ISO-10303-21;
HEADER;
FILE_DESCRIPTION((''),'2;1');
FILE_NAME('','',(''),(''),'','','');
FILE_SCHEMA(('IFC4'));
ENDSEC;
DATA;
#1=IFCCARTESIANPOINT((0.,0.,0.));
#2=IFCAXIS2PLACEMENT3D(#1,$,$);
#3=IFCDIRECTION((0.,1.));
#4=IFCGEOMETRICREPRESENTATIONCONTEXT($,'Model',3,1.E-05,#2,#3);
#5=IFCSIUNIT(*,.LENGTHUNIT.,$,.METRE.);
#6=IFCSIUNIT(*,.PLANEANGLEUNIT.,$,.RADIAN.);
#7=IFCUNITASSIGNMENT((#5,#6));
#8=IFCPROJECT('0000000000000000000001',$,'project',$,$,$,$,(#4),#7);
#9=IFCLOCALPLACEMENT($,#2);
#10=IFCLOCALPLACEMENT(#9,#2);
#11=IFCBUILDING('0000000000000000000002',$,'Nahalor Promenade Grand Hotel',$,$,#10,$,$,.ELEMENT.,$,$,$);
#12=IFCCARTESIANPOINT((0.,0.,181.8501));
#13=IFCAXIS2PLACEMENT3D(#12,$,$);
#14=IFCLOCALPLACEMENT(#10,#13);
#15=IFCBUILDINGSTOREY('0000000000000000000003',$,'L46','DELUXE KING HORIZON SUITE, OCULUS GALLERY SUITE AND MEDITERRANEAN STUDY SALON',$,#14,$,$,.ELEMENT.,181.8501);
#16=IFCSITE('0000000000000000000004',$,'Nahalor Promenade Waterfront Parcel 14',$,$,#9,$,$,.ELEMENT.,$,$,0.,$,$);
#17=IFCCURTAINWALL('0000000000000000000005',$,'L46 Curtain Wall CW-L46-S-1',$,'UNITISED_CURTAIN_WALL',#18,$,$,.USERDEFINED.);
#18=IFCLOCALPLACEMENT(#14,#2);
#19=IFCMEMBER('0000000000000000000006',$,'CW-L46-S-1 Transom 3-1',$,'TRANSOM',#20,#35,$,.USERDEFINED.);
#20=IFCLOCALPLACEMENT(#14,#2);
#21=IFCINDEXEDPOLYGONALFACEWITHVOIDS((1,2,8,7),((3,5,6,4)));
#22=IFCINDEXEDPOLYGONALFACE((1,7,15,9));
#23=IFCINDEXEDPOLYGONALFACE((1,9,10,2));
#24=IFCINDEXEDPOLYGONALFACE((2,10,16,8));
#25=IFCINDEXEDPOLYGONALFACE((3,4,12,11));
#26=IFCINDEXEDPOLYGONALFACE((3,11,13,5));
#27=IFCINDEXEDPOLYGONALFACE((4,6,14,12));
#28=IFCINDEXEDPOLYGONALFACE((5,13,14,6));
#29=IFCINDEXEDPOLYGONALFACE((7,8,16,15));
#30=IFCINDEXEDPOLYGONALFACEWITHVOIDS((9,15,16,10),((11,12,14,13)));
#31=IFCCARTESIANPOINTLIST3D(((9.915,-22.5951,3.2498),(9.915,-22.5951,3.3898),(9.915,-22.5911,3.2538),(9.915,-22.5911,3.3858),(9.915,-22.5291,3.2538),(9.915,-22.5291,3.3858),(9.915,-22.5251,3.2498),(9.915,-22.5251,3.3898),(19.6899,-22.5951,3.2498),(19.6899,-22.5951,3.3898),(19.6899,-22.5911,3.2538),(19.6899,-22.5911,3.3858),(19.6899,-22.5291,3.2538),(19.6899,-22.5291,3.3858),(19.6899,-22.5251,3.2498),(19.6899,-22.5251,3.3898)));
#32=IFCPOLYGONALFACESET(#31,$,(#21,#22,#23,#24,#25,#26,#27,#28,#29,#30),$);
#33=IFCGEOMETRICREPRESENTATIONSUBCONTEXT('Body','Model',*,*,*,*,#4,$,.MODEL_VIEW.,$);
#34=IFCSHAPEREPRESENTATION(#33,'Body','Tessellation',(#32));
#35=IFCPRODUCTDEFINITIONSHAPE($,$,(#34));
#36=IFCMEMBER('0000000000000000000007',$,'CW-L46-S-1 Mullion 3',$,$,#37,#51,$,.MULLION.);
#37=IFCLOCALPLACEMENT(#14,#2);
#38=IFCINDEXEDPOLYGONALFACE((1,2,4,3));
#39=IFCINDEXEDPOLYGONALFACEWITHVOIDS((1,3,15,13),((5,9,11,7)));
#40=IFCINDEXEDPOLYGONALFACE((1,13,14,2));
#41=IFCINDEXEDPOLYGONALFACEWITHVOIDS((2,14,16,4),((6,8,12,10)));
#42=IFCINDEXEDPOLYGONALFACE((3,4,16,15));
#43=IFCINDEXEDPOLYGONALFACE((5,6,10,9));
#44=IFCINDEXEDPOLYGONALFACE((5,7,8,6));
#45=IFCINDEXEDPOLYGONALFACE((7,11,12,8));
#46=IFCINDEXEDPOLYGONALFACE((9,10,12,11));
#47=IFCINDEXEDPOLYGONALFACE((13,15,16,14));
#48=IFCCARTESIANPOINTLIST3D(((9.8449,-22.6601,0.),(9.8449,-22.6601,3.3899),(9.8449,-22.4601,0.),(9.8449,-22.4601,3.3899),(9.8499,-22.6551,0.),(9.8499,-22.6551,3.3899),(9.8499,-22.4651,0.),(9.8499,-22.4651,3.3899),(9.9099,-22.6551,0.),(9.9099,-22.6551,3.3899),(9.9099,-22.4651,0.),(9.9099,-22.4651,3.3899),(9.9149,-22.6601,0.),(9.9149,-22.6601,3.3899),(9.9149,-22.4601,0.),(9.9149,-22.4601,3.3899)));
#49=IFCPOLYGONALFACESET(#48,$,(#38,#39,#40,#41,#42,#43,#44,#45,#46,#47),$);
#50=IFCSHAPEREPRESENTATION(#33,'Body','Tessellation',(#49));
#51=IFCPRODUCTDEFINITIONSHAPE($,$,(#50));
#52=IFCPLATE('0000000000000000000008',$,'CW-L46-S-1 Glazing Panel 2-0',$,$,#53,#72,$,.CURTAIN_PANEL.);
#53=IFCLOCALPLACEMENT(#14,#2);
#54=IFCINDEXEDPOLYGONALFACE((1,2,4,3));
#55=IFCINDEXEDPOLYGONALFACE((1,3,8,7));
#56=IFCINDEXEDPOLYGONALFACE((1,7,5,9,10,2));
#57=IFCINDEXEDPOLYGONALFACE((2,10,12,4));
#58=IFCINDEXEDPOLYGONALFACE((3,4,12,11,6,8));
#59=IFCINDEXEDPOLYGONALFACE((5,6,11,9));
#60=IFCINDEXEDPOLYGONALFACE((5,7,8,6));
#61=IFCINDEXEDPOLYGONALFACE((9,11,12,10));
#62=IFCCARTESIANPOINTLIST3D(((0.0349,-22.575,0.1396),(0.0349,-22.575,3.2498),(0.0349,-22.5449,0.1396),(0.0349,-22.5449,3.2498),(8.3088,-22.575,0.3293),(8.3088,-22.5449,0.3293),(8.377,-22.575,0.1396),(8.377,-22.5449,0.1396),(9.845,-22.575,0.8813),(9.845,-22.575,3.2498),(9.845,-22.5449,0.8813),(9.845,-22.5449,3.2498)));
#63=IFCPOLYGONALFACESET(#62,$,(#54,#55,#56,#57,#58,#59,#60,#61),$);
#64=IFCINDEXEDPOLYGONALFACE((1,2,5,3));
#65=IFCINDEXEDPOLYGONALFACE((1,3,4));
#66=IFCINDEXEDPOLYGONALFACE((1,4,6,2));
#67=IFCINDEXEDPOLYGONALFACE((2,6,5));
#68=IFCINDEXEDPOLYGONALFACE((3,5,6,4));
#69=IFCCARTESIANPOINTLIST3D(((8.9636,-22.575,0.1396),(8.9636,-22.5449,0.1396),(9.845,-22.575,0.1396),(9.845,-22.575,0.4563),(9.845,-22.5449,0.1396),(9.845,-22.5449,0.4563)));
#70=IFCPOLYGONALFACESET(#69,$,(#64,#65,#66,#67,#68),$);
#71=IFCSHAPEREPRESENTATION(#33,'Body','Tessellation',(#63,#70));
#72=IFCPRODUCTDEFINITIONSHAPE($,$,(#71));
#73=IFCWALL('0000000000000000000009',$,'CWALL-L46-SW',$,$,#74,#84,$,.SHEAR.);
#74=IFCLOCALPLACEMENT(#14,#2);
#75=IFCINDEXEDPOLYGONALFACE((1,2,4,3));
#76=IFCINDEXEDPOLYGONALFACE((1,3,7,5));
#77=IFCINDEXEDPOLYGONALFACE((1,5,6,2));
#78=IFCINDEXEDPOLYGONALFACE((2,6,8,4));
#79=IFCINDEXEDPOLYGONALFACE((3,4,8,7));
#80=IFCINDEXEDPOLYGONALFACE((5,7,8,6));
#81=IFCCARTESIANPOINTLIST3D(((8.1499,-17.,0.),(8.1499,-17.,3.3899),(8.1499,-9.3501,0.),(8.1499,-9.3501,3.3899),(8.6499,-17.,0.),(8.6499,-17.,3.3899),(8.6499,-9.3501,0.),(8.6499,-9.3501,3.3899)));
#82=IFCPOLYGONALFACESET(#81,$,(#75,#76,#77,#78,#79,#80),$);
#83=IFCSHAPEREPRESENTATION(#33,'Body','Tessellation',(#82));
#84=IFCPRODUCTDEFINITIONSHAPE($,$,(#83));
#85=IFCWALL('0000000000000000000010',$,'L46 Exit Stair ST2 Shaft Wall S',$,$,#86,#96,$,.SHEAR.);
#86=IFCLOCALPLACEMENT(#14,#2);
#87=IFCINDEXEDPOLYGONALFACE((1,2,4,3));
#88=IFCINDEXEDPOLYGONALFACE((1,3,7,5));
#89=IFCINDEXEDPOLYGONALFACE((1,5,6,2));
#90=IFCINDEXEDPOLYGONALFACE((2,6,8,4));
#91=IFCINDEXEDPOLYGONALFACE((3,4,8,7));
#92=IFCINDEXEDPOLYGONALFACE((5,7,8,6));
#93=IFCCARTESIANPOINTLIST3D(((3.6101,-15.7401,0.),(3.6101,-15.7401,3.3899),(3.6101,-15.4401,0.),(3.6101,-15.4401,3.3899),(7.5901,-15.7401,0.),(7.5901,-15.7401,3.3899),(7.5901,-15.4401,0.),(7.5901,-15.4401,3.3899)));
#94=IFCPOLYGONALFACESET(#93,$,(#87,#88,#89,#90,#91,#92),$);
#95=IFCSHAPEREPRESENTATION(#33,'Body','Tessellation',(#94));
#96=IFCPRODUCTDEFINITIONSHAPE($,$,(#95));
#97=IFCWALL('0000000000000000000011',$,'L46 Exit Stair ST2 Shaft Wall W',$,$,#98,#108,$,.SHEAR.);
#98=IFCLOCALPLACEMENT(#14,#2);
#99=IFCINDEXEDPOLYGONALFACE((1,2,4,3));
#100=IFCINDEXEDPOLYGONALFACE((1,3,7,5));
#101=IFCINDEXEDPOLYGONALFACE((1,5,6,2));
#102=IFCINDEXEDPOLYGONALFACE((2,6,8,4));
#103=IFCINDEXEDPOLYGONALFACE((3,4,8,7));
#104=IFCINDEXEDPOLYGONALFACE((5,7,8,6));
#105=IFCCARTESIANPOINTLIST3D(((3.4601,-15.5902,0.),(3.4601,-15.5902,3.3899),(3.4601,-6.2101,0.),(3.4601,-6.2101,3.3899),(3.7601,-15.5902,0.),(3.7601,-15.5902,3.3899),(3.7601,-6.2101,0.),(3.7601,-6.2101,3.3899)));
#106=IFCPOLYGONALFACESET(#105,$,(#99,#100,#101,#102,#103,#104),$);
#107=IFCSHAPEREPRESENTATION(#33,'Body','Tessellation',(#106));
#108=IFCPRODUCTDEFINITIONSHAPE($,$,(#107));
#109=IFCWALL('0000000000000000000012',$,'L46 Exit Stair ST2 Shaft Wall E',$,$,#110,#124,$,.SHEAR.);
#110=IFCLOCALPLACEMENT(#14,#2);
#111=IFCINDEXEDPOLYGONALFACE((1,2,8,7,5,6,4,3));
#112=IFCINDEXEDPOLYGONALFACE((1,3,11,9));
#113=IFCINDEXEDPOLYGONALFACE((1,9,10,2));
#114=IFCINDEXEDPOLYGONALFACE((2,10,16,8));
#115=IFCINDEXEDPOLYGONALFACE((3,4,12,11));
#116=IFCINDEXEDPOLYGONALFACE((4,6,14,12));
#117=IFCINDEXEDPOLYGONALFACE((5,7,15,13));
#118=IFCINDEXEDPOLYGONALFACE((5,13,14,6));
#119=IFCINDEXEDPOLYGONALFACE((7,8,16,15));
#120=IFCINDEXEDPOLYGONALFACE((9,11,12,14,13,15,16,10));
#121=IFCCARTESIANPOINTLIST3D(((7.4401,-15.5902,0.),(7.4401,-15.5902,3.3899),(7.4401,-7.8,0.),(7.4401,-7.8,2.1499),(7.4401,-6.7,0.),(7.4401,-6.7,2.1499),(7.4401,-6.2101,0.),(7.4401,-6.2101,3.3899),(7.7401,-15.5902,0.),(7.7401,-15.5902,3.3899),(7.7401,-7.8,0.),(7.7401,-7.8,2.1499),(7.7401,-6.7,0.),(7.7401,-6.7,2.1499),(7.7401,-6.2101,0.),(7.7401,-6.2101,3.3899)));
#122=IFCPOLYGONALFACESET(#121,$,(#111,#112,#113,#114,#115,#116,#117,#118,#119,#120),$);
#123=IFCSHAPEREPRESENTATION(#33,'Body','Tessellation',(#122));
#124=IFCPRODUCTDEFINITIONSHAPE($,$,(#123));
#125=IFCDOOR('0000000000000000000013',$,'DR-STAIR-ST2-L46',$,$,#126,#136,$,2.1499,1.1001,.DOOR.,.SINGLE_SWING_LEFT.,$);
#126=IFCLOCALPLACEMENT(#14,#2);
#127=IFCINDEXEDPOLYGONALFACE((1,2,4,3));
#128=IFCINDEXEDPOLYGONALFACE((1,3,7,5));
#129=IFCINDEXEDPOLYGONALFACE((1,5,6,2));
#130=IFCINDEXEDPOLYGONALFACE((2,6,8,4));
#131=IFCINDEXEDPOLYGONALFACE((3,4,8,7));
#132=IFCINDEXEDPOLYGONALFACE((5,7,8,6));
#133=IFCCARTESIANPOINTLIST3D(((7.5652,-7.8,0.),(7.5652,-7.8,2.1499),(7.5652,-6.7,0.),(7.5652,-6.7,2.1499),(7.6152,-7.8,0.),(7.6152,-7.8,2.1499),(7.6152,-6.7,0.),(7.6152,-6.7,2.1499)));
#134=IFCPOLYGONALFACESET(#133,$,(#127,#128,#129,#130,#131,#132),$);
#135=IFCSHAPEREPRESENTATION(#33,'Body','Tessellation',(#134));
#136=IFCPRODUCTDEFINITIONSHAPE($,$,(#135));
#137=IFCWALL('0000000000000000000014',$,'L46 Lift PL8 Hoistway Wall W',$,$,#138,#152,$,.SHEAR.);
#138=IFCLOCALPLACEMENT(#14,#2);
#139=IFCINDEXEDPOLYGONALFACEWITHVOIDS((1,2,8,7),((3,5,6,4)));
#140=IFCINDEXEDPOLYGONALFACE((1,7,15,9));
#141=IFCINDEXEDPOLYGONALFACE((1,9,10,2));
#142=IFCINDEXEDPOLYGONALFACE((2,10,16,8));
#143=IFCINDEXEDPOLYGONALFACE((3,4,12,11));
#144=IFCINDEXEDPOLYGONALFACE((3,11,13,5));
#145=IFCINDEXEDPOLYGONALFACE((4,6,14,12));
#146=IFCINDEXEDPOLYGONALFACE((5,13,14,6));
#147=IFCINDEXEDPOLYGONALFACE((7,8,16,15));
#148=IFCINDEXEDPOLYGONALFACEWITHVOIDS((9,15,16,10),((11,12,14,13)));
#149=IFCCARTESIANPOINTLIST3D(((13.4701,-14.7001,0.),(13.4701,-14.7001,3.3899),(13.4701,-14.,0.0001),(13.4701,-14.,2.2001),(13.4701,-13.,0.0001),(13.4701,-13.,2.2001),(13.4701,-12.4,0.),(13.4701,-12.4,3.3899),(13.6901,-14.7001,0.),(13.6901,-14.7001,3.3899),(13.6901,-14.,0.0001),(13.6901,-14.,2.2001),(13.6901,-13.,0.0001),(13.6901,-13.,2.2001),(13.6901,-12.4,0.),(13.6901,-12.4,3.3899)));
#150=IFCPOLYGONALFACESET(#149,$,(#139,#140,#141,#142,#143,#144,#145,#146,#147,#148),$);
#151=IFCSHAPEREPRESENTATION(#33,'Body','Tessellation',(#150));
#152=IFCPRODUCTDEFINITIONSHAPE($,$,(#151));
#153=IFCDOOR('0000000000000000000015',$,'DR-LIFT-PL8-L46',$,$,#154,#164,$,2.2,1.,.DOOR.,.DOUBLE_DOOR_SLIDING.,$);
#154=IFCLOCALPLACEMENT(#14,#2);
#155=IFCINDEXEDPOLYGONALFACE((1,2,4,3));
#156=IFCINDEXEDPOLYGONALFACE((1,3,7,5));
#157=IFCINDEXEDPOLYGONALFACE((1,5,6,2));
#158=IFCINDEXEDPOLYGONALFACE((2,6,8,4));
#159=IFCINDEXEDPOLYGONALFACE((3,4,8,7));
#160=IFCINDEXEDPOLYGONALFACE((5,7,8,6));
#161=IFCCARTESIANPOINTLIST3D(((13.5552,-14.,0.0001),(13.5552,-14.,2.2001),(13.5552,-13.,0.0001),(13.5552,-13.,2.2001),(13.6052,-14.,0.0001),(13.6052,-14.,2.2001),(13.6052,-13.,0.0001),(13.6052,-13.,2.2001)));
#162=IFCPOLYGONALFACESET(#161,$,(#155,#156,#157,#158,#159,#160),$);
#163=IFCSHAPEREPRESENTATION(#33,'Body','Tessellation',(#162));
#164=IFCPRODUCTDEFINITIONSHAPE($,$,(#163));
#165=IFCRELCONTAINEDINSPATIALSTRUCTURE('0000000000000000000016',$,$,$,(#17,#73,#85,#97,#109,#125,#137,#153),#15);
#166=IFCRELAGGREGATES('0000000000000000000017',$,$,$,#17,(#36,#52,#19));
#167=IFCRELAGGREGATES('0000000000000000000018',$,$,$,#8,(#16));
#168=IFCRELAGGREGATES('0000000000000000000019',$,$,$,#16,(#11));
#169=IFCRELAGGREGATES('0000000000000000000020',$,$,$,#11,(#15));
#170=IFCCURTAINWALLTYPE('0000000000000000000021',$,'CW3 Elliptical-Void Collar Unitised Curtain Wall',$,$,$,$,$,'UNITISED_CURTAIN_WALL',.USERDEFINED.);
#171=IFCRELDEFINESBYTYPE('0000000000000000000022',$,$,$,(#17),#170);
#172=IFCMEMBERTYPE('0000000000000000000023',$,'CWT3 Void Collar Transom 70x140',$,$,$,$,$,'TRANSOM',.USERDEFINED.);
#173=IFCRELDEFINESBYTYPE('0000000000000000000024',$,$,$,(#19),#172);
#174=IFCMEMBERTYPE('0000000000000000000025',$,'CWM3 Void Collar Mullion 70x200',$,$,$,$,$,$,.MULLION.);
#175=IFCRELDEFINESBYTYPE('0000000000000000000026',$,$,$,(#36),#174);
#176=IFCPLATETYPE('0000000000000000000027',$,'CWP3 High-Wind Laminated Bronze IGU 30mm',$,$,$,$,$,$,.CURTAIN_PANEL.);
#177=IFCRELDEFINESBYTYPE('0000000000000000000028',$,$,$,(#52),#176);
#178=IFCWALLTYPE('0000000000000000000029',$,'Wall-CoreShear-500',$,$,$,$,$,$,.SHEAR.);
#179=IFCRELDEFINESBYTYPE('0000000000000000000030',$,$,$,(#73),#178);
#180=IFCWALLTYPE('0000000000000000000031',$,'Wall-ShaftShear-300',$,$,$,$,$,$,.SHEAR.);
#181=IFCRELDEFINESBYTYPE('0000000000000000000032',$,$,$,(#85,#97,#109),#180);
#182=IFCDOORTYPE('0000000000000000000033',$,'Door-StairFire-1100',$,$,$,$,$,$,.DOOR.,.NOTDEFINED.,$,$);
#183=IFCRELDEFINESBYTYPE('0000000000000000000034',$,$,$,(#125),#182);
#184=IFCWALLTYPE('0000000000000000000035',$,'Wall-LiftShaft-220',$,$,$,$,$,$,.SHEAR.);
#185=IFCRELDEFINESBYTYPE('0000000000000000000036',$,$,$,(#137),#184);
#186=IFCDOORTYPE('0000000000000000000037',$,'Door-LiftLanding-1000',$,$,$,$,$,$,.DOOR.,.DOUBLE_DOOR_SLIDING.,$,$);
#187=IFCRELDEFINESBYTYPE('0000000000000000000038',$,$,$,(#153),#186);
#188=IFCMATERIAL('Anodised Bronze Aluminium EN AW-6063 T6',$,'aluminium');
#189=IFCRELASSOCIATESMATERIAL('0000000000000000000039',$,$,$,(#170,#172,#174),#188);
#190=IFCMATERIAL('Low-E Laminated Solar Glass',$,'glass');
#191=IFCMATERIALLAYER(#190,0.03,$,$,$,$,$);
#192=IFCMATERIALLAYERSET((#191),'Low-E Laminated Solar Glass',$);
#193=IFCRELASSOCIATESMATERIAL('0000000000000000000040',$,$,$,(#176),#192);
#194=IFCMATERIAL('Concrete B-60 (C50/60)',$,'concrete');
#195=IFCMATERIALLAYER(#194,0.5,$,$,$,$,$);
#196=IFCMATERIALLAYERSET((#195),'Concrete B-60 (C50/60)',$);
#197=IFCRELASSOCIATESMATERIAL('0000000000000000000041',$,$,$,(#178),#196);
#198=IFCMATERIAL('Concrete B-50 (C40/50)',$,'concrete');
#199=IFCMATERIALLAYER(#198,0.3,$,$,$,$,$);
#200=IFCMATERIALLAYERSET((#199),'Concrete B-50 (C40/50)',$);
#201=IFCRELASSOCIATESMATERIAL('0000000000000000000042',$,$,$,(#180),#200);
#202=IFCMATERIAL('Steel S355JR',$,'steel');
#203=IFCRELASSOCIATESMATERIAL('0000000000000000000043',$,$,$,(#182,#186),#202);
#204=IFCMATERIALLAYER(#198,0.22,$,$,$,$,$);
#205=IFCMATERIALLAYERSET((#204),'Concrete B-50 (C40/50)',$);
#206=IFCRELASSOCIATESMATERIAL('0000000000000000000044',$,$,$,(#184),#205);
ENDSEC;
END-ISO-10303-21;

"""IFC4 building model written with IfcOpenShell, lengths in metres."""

from ifc_helpers import new_model, si_unit, direction, frame, frame_2d, origin, origin_2d, place, context, subcontext, project, spatial, polyline, rectangle, hollow_rectangle, outline, extrude, source, transform, mapped, material, layer, layer_set, material_profile, profile_set, type_object, element, fill, aggregate, save


model = new_model("IFC4")

# Units and contexts
model_context = context("Model", 3, precision=1e-05, world=origin(), true_north=direction((0.0, 1.0)))
body_context = subcontext(model_context, "Body", "Model", "MODEL_VIEW")
ifc_project = project(units=[si_unit("LENGTHUNIT", "METRE"), si_unit("PLANEANGLEUNIT", "RADIAN")], contexts=[model_context])

# Site, building, storey
site_placement = place(None, origin())
site = spatial("IfcSite", under=ifc_project, at=site_placement, Name="Nahalor Promenade Waterfront Parcel 14", CompositionType="ELEMENT", RefElevation=0.0)
building_placement = place(site_placement, origin())
building = spatial("IfcBuilding", under=site, at=building_placement, Name="Nahalor Promenade Grand Hotel", CompositionType="ELEMENT")
storey_placement = place(building_placement, frame((0.0, 0.0, 181.8501)))
storey = spatial("IfcBuildingStorey", under=building, at=storey_placement, Name="L46", Description="DELUXE KING HORIZON SUITE, OCULUS GALLERY SUITE AND MEDITERRANEAN STUDY SALON", CompositionType="ELEMENT", Elevation=181.8501)

# Shared definitions
ifc_material_1 = material(Name="Concrete B-60 (C50/60)", Category="concrete")

# Shared definitions
ifc_material_2 = material(Name="Steel S355JR", Category="steel")

# Curtain wall, members, plate
ifc_material_3 = material(Name="Anodised Bronze Aluminium EN AW-6063 T6", Category="aluminium")
curtain_wall_type = type_object("IfcCurtainWallType", Name="CW3 Elliptical-Void Collar Unitised Curtain Wall", ElementType="UNITISED_CURTAIN_WALL", PredefinedType="USERDEFINED", material=ifc_material_3)
curtain_wall_placement = place(storey_placement, origin())
curtain_wall = element("IfcCurtainWall", 1, at=curtain_wall_placement, inside=storey, type_object=curtain_wall_type, Name="L46 Curtain Wall CW-L46-S-1", ObjectType="UNITISED_CURTAIN_WALL", PredefinedType="USERDEFINED")
ifc_material_profile_1 = material_profile(ifc_material_3, hollow_rectangle(XDim=0.07, YDim=0.14, WallThickness=0.004, at=origin_2d()), Name="CWT 70x140x4")
ifc_profile_set_1 = profile_set([ifc_material_profile_1], Name="Anodised Bronze Aluminium EN AW-6063 T6")
member_type_1 = type_object("IfcMemberType", Name="CWT3 Void Collar Transom 70x140", ElementType="TRANSOM", PredefinedType="USERDEFINED", material=ifc_profile_set_1)
shared_shape_1 = source(origin(), body_context, "Body", "SweptSolid", [
    extrude(hollow_rectangle(XDim=0.07, YDim=0.14, WallThickness=0.004, at=origin_2d()), origin(), (0.0, 0.0, 1.0), 9.7749),
])
member_1_placement = place(storey_placement, frame((9.915, -22.5601, 3.3198), z_axis=(1.0, 0.0, 0.0), x_axis=(0.0, 1.0, 0.0)))
member_1 = element("IfcMember", 2, at=member_1_placement, type_object=member_type_1, Name="CW-L46-S-1 Transom 3-1", ObjectType="TRANSOM", PredefinedType="USERDEFINED", context=body_context, shape_type="MappedRepresentation", body=[
    mapped(shared_shape_1, transform((0.0, 0.0, 0.0), scale=1.0)),
])
ifc_material_profile_2 = material_profile(ifc_material_3, hollow_rectangle(XDim=0.07, YDim=0.2, WallThickness=0.005, at=origin_2d()), Name="CWM 70x200x5")
ifc_profile_set_2 = profile_set([ifc_material_profile_2], Name="Anodised Bronze Aluminium EN AW-6063 T6")
member_type_2 = type_object("IfcMemberType", Name="CWM3 Void Collar Mullion 70x200", PredefinedType="MULLION", material=ifc_profile_set_2)
shared_shape_2 = source(origin(), body_context, "Body", "SweptSolid", [
    extrude(hollow_rectangle(XDim=0.07, YDim=0.2, WallThickness=0.005, at=origin_2d()), origin(), (0.0, 0.0, 1.0), 3.3899),
])
member_2_placement = place(storey_placement, frame((9.8799, -22.5601, 0.0), z_axis=(0.0, 0.0, 1.0), x_axis=(1.0, 0.0, 0.0)))
member_2 = element("IfcMember", 3, at=member_2_placement, type_object=member_type_2, Name="CW-L46-S-1 Mullion 3", PredefinedType="MULLION", context=body_context, shape_type="MappedRepresentation", body=[
    mapped(shared_shape_2, transform((0.0, 0.0, 0.0), scale=1.0)),
])
ifc_material_4 = material(Name="Low-E Laminated Solar Glass", Category="glass")
ifc_layer_1 = layer(ifc_material_4, 0.03)
ifc_layer_set_1 = layer_set([ifc_layer_1], Name="Low-E Laminated Solar Glass")
plate_type = type_object("IfcPlateType", Name="CWP3 High-Wind Laminated Bronze IGU 30mm", PredefinedType="CURTAIN_PANEL", material=ifc_layer_set_1)
plate_placement = place(storey_placement, frame((4.9399, -22.5601, 0.1396), z_axis=(0.0, 0.0, 1.0), x_axis=(1.0, 0.0, 0.0)))
plate = element("IfcPlate", 4, at=plate_placement, type_object=plate_type, Name="CW-L46-S-1 Glazing Panel 2-0", PredefinedType="CURTAIN_PANEL", context=body_context, shape_type="SweptSolid", body=[
    extrude(outline(polyline([(-4.905, 3.1101), (-4.905, 0.0), (3.437, 0.0), (3.3689, 0.1897), (4.905, 0.7417), (4.905, 3.1101), (-4.905, 3.1101)])), frame((0.0, 0.0151, 0.0), z_axis=(0.0, -1.0, 0.0), x_axis=(1.0, 0.0, 0.0)), (0.0, 0.0, 1.0), 0.03),
    extrude(outline(polyline([(4.0237, 0.0), (4.905, 0.0), (4.905, 0.3167), (4.0237, 0.0)])), frame((0.0, 0.0151, 0.0), z_axis=(0.0, -1.0, 0.0), x_axis=(1.0, 0.0, 0.0)), (0.0, 0.0, 1.0), 0.03),
])
aggregate(curtain_wall, [member_2, plate, member_1])

# Walls
ifc_layer_2 = layer(ifc_material_1, 0.5)
ifc_layer_set_2 = layer_set([ifc_layer_2], Name="Concrete B-60 (C50/60)")
wall_type_1 = type_object("IfcWallType", Name="Wall-CoreShear-500", PredefinedType="SHEAR", material=ifc_layer_set_2)
shared_shape_3 = source(origin(), body_context, "Body", "SweptSolid", [
    extrude(rectangle(XDim=7.6499, YDim=0.5, at=frame_2d((3.825, 0.0))), origin(), (0.0, 0.0, 1.0), 3.3899),
])
wall_1_placement = place(storey_placement, frame((8.3999, -17.0, 0.0), z_axis=(0.0, 0.0, 1.0), x_axis=(0.0, 1.0, 0.0)))
element("IfcWall", 5, at=wall_1_placement, inside=storey, type_object=wall_type_1, Name="CWALL-L46-SW", PredefinedType="SHEAR", context=body_context, shape_type="MappedRepresentation", body=[
    mapped(shared_shape_3, transform((0.0, 0.0, 0.0), scale=1.0)),
])
ifc_material_5 = material(Name="Concrete B-50 (C40/50)", Category="concrete")
ifc_layer_3 = layer(ifc_material_5, 0.3)
ifc_layer_set_3 = layer_set([ifc_layer_3], Name="Concrete B-50 (C40/50)")
wall_type_2 = type_object("IfcWallType", Name="Wall-ShaftShear-300", PredefinedType="SHEAR", material=ifc_layer_set_3)
shared_shape_4 = source(origin(), body_context, "Body", "SweptSolid", [
    extrude(rectangle(XDim=3.98, YDim=0.3, at=frame_2d((1.99, 0.0))), origin(), (0.0, 0.0, 1.0), 3.3899),
])
wall_2_placement = place(storey_placement, frame((3.6101, -15.5901, 0.0), z_axis=(0.0, 0.0, 1.0), x_axis=(1.0, 0.0, 0.0)))
element("IfcWall", 6, at=wall_2_placement, inside=storey, type_object=wall_type_2, Name="L46 Exit Stair ST2 Shaft Wall S", PredefinedType="SHEAR", context=body_context, shape_type="MappedRepresentation", body=[
    mapped(shared_shape_4, transform((0.0, 0.0, 0.0), scale=1.0)),
])
shared_shape_5 = source(origin(), body_context, "Body", "SweptSolid", [
    extrude(rectangle(XDim=9.3801, YDim=0.3, at=frame_2d((4.6899, 0.0))), origin(), (0.0, 0.0, 1.0), 3.3899),
])
wall_3_placement = place(storey_placement, frame((3.6101, -15.5901, 0.0), z_axis=(0.0, 0.0, 1.0), x_axis=(0.0, 1.0, 0.0)))
element("IfcWall", 7, at=wall_3_placement, inside=storey, type_object=wall_type_2, Name="L46 Exit Stair ST2 Shaft Wall W", PredefinedType="SHEAR", context=body_context, shape_type="MappedRepresentation", body=[
    mapped(shared_shape_5, transform((0.0, 0.0, 0.0), scale=1.0)),
])

# Walls, openings, doors
wall_4_placement = place(storey_placement, frame((7.5901, -15.5901, 0.0), z_axis=(0.0, 0.0, 1.0), x_axis=(0.0, 1.0, 0.0)))
wall_4 = element("IfcWall", 8, at=wall_4_placement, inside=storey, type_object=wall_type_2, Name="L46 Exit Stair ST2 Shaft Wall E", PredefinedType="SHEAR", context=body_context, shape_type="MappedRepresentation", body=[
    mapped(shared_shape_5, transform((0.0, 0.0, 0.0), scale=1.0)),
])
opening_1_placement = place(wall_4_placement, frame((7.79, 0.0, 0.0)))
opening_1 = element("IfcOpeningElement", 9, at=opening_1_placement, cuts=wall_4, PredefinedType="OPENING", context=body_context, shape_type="SweptSolid", body=[
    extrude(rectangle(XDim=1.1001, YDim=2.1499, at=frame_2d((0.55, 1.075))), frame((0.0, 0.1599, 0.0), z_axis=(0.0, -1.0, 0.0), x_axis=(1.0, 0.0, 0.0)), (0.0, 0.0, 1.0), 0.3201),
])
door_type_1 = type_object("IfcDoorType", Name="Door-StairFire-1100", OperationType="NOTDEFINED", PredefinedType="DOOR", material=ifc_material_2)
shared_shape_6 = source(origin(), body_context, "Body", "SweptSolid", [
    extrude(rectangle(XDim=1.1001, YDim=2.1499, at=frame_2d((0.55, 1.075))), frame((0.0, 0.0249, 0.0), z_axis=(0.0, -1.0, 0.0), x_axis=(1.0, 0.0, 0.0)), (0.0, 0.0, 1.0), 0.05),
])
door_1_placement = place(opening_1_placement, origin())
door_1 = element("IfcDoor", 10, at=door_1_placement, inside=storey, type_object=door_type_1, Name="DR-STAIR-ST2-L46", OperationType="SINGLE_SWING_LEFT", OverallHeight=2.1499, OverallWidth=1.1001, PredefinedType="DOOR", context=body_context, shape_type="MappedRepresentation", body=[
    mapped(shared_shape_6, transform((0.0, 0.0, 0.0), scale=1.0)),
])
fill(opening_1, door_1)
ifc_layer_4 = layer(ifc_material_5, 0.22)
ifc_layer_set_4 = layer_set([ifc_layer_4], Name="Concrete B-50 (C40/50)")
wall_type_3 = type_object("IfcWallType", Name="Wall-LiftShaft-220", PredefinedType="SHEAR", material=ifc_layer_set_4)
shared_shape_7 = source(origin(), body_context, "Body", "SweptSolid", [
    extrude(rectangle(XDim=2.3, YDim=0.22, at=frame_2d((1.1499, 0.0))), origin(), (0.0, 0.0, 1.0), 3.3899),
])
wall_5_placement = place(storey_placement, frame((13.5801, -14.7, 0.0), z_axis=(0.0, 0.0, 1.0), x_axis=(0.0, 1.0, 0.0)))
wall_5 = element("IfcWall", 11, at=wall_5_placement, inside=storey, type_object=wall_type_3, Name="L46 Lift PL8 Hoistway Wall W", PredefinedType="SHEAR", context=body_context, shape_type="MappedRepresentation", body=[
    mapped(shared_shape_7, transform((0.0, 0.0, 0.0), scale=1.0)),
])
opening_2_placement = place(wall_5_placement, frame((0.7, 0.0, 0.0)))
opening_2 = element("IfcOpeningElement", 12, at=opening_2_placement, cuts=wall_5, PredefinedType="OPENING", context=body_context, shape_type="SweptSolid", body=[
    extrude(rectangle(XDim=1.0, YDim=2.2, at=frame_2d((0.5, 1.1001))), frame((0.0, 0.1199, 0.0), z_axis=(0.0, -1.0, 0.0), x_axis=(1.0, 0.0, 0.0)), (0.0, 0.0, 1.0), 0.24),
])
door_type_2 = type_object("IfcDoorType", Name="Door-LiftLanding-1000", OperationType="DOUBLE_DOOR_SLIDING", PredefinedType="DOOR", material=ifc_material_2)
shared_shape_8 = source(origin(), body_context, "Body", "SweptSolid", [
    extrude(rectangle(XDim=1.0, YDim=2.2, at=frame_2d((0.5, 1.1001))), frame((0.0, 0.0249, 0.0), z_axis=(0.0, -1.0, 0.0), x_axis=(1.0, 0.0, 0.0)), (0.0, 0.0, 1.0), 0.05),
])
door_2_placement = place(opening_2_placement, origin())
door_2 = element("IfcDoor", 13, at=door_2_placement, inside=storey, type_object=door_type_2, Name="DR-LIFT-PL8-L46", OperationType="DOUBLE_DOOR_SLIDING", OverallHeight=2.2, OverallWidth=1.0, PredefinedType="DOOR", context=body_context, shape_type="MappedRepresentation", body=[
    mapped(shared_shape_8, transform((0.0, 0.0, 0.0), scale=1.0)),
])
fill(opening_2, door_2)

save(model, "model.ifc")
